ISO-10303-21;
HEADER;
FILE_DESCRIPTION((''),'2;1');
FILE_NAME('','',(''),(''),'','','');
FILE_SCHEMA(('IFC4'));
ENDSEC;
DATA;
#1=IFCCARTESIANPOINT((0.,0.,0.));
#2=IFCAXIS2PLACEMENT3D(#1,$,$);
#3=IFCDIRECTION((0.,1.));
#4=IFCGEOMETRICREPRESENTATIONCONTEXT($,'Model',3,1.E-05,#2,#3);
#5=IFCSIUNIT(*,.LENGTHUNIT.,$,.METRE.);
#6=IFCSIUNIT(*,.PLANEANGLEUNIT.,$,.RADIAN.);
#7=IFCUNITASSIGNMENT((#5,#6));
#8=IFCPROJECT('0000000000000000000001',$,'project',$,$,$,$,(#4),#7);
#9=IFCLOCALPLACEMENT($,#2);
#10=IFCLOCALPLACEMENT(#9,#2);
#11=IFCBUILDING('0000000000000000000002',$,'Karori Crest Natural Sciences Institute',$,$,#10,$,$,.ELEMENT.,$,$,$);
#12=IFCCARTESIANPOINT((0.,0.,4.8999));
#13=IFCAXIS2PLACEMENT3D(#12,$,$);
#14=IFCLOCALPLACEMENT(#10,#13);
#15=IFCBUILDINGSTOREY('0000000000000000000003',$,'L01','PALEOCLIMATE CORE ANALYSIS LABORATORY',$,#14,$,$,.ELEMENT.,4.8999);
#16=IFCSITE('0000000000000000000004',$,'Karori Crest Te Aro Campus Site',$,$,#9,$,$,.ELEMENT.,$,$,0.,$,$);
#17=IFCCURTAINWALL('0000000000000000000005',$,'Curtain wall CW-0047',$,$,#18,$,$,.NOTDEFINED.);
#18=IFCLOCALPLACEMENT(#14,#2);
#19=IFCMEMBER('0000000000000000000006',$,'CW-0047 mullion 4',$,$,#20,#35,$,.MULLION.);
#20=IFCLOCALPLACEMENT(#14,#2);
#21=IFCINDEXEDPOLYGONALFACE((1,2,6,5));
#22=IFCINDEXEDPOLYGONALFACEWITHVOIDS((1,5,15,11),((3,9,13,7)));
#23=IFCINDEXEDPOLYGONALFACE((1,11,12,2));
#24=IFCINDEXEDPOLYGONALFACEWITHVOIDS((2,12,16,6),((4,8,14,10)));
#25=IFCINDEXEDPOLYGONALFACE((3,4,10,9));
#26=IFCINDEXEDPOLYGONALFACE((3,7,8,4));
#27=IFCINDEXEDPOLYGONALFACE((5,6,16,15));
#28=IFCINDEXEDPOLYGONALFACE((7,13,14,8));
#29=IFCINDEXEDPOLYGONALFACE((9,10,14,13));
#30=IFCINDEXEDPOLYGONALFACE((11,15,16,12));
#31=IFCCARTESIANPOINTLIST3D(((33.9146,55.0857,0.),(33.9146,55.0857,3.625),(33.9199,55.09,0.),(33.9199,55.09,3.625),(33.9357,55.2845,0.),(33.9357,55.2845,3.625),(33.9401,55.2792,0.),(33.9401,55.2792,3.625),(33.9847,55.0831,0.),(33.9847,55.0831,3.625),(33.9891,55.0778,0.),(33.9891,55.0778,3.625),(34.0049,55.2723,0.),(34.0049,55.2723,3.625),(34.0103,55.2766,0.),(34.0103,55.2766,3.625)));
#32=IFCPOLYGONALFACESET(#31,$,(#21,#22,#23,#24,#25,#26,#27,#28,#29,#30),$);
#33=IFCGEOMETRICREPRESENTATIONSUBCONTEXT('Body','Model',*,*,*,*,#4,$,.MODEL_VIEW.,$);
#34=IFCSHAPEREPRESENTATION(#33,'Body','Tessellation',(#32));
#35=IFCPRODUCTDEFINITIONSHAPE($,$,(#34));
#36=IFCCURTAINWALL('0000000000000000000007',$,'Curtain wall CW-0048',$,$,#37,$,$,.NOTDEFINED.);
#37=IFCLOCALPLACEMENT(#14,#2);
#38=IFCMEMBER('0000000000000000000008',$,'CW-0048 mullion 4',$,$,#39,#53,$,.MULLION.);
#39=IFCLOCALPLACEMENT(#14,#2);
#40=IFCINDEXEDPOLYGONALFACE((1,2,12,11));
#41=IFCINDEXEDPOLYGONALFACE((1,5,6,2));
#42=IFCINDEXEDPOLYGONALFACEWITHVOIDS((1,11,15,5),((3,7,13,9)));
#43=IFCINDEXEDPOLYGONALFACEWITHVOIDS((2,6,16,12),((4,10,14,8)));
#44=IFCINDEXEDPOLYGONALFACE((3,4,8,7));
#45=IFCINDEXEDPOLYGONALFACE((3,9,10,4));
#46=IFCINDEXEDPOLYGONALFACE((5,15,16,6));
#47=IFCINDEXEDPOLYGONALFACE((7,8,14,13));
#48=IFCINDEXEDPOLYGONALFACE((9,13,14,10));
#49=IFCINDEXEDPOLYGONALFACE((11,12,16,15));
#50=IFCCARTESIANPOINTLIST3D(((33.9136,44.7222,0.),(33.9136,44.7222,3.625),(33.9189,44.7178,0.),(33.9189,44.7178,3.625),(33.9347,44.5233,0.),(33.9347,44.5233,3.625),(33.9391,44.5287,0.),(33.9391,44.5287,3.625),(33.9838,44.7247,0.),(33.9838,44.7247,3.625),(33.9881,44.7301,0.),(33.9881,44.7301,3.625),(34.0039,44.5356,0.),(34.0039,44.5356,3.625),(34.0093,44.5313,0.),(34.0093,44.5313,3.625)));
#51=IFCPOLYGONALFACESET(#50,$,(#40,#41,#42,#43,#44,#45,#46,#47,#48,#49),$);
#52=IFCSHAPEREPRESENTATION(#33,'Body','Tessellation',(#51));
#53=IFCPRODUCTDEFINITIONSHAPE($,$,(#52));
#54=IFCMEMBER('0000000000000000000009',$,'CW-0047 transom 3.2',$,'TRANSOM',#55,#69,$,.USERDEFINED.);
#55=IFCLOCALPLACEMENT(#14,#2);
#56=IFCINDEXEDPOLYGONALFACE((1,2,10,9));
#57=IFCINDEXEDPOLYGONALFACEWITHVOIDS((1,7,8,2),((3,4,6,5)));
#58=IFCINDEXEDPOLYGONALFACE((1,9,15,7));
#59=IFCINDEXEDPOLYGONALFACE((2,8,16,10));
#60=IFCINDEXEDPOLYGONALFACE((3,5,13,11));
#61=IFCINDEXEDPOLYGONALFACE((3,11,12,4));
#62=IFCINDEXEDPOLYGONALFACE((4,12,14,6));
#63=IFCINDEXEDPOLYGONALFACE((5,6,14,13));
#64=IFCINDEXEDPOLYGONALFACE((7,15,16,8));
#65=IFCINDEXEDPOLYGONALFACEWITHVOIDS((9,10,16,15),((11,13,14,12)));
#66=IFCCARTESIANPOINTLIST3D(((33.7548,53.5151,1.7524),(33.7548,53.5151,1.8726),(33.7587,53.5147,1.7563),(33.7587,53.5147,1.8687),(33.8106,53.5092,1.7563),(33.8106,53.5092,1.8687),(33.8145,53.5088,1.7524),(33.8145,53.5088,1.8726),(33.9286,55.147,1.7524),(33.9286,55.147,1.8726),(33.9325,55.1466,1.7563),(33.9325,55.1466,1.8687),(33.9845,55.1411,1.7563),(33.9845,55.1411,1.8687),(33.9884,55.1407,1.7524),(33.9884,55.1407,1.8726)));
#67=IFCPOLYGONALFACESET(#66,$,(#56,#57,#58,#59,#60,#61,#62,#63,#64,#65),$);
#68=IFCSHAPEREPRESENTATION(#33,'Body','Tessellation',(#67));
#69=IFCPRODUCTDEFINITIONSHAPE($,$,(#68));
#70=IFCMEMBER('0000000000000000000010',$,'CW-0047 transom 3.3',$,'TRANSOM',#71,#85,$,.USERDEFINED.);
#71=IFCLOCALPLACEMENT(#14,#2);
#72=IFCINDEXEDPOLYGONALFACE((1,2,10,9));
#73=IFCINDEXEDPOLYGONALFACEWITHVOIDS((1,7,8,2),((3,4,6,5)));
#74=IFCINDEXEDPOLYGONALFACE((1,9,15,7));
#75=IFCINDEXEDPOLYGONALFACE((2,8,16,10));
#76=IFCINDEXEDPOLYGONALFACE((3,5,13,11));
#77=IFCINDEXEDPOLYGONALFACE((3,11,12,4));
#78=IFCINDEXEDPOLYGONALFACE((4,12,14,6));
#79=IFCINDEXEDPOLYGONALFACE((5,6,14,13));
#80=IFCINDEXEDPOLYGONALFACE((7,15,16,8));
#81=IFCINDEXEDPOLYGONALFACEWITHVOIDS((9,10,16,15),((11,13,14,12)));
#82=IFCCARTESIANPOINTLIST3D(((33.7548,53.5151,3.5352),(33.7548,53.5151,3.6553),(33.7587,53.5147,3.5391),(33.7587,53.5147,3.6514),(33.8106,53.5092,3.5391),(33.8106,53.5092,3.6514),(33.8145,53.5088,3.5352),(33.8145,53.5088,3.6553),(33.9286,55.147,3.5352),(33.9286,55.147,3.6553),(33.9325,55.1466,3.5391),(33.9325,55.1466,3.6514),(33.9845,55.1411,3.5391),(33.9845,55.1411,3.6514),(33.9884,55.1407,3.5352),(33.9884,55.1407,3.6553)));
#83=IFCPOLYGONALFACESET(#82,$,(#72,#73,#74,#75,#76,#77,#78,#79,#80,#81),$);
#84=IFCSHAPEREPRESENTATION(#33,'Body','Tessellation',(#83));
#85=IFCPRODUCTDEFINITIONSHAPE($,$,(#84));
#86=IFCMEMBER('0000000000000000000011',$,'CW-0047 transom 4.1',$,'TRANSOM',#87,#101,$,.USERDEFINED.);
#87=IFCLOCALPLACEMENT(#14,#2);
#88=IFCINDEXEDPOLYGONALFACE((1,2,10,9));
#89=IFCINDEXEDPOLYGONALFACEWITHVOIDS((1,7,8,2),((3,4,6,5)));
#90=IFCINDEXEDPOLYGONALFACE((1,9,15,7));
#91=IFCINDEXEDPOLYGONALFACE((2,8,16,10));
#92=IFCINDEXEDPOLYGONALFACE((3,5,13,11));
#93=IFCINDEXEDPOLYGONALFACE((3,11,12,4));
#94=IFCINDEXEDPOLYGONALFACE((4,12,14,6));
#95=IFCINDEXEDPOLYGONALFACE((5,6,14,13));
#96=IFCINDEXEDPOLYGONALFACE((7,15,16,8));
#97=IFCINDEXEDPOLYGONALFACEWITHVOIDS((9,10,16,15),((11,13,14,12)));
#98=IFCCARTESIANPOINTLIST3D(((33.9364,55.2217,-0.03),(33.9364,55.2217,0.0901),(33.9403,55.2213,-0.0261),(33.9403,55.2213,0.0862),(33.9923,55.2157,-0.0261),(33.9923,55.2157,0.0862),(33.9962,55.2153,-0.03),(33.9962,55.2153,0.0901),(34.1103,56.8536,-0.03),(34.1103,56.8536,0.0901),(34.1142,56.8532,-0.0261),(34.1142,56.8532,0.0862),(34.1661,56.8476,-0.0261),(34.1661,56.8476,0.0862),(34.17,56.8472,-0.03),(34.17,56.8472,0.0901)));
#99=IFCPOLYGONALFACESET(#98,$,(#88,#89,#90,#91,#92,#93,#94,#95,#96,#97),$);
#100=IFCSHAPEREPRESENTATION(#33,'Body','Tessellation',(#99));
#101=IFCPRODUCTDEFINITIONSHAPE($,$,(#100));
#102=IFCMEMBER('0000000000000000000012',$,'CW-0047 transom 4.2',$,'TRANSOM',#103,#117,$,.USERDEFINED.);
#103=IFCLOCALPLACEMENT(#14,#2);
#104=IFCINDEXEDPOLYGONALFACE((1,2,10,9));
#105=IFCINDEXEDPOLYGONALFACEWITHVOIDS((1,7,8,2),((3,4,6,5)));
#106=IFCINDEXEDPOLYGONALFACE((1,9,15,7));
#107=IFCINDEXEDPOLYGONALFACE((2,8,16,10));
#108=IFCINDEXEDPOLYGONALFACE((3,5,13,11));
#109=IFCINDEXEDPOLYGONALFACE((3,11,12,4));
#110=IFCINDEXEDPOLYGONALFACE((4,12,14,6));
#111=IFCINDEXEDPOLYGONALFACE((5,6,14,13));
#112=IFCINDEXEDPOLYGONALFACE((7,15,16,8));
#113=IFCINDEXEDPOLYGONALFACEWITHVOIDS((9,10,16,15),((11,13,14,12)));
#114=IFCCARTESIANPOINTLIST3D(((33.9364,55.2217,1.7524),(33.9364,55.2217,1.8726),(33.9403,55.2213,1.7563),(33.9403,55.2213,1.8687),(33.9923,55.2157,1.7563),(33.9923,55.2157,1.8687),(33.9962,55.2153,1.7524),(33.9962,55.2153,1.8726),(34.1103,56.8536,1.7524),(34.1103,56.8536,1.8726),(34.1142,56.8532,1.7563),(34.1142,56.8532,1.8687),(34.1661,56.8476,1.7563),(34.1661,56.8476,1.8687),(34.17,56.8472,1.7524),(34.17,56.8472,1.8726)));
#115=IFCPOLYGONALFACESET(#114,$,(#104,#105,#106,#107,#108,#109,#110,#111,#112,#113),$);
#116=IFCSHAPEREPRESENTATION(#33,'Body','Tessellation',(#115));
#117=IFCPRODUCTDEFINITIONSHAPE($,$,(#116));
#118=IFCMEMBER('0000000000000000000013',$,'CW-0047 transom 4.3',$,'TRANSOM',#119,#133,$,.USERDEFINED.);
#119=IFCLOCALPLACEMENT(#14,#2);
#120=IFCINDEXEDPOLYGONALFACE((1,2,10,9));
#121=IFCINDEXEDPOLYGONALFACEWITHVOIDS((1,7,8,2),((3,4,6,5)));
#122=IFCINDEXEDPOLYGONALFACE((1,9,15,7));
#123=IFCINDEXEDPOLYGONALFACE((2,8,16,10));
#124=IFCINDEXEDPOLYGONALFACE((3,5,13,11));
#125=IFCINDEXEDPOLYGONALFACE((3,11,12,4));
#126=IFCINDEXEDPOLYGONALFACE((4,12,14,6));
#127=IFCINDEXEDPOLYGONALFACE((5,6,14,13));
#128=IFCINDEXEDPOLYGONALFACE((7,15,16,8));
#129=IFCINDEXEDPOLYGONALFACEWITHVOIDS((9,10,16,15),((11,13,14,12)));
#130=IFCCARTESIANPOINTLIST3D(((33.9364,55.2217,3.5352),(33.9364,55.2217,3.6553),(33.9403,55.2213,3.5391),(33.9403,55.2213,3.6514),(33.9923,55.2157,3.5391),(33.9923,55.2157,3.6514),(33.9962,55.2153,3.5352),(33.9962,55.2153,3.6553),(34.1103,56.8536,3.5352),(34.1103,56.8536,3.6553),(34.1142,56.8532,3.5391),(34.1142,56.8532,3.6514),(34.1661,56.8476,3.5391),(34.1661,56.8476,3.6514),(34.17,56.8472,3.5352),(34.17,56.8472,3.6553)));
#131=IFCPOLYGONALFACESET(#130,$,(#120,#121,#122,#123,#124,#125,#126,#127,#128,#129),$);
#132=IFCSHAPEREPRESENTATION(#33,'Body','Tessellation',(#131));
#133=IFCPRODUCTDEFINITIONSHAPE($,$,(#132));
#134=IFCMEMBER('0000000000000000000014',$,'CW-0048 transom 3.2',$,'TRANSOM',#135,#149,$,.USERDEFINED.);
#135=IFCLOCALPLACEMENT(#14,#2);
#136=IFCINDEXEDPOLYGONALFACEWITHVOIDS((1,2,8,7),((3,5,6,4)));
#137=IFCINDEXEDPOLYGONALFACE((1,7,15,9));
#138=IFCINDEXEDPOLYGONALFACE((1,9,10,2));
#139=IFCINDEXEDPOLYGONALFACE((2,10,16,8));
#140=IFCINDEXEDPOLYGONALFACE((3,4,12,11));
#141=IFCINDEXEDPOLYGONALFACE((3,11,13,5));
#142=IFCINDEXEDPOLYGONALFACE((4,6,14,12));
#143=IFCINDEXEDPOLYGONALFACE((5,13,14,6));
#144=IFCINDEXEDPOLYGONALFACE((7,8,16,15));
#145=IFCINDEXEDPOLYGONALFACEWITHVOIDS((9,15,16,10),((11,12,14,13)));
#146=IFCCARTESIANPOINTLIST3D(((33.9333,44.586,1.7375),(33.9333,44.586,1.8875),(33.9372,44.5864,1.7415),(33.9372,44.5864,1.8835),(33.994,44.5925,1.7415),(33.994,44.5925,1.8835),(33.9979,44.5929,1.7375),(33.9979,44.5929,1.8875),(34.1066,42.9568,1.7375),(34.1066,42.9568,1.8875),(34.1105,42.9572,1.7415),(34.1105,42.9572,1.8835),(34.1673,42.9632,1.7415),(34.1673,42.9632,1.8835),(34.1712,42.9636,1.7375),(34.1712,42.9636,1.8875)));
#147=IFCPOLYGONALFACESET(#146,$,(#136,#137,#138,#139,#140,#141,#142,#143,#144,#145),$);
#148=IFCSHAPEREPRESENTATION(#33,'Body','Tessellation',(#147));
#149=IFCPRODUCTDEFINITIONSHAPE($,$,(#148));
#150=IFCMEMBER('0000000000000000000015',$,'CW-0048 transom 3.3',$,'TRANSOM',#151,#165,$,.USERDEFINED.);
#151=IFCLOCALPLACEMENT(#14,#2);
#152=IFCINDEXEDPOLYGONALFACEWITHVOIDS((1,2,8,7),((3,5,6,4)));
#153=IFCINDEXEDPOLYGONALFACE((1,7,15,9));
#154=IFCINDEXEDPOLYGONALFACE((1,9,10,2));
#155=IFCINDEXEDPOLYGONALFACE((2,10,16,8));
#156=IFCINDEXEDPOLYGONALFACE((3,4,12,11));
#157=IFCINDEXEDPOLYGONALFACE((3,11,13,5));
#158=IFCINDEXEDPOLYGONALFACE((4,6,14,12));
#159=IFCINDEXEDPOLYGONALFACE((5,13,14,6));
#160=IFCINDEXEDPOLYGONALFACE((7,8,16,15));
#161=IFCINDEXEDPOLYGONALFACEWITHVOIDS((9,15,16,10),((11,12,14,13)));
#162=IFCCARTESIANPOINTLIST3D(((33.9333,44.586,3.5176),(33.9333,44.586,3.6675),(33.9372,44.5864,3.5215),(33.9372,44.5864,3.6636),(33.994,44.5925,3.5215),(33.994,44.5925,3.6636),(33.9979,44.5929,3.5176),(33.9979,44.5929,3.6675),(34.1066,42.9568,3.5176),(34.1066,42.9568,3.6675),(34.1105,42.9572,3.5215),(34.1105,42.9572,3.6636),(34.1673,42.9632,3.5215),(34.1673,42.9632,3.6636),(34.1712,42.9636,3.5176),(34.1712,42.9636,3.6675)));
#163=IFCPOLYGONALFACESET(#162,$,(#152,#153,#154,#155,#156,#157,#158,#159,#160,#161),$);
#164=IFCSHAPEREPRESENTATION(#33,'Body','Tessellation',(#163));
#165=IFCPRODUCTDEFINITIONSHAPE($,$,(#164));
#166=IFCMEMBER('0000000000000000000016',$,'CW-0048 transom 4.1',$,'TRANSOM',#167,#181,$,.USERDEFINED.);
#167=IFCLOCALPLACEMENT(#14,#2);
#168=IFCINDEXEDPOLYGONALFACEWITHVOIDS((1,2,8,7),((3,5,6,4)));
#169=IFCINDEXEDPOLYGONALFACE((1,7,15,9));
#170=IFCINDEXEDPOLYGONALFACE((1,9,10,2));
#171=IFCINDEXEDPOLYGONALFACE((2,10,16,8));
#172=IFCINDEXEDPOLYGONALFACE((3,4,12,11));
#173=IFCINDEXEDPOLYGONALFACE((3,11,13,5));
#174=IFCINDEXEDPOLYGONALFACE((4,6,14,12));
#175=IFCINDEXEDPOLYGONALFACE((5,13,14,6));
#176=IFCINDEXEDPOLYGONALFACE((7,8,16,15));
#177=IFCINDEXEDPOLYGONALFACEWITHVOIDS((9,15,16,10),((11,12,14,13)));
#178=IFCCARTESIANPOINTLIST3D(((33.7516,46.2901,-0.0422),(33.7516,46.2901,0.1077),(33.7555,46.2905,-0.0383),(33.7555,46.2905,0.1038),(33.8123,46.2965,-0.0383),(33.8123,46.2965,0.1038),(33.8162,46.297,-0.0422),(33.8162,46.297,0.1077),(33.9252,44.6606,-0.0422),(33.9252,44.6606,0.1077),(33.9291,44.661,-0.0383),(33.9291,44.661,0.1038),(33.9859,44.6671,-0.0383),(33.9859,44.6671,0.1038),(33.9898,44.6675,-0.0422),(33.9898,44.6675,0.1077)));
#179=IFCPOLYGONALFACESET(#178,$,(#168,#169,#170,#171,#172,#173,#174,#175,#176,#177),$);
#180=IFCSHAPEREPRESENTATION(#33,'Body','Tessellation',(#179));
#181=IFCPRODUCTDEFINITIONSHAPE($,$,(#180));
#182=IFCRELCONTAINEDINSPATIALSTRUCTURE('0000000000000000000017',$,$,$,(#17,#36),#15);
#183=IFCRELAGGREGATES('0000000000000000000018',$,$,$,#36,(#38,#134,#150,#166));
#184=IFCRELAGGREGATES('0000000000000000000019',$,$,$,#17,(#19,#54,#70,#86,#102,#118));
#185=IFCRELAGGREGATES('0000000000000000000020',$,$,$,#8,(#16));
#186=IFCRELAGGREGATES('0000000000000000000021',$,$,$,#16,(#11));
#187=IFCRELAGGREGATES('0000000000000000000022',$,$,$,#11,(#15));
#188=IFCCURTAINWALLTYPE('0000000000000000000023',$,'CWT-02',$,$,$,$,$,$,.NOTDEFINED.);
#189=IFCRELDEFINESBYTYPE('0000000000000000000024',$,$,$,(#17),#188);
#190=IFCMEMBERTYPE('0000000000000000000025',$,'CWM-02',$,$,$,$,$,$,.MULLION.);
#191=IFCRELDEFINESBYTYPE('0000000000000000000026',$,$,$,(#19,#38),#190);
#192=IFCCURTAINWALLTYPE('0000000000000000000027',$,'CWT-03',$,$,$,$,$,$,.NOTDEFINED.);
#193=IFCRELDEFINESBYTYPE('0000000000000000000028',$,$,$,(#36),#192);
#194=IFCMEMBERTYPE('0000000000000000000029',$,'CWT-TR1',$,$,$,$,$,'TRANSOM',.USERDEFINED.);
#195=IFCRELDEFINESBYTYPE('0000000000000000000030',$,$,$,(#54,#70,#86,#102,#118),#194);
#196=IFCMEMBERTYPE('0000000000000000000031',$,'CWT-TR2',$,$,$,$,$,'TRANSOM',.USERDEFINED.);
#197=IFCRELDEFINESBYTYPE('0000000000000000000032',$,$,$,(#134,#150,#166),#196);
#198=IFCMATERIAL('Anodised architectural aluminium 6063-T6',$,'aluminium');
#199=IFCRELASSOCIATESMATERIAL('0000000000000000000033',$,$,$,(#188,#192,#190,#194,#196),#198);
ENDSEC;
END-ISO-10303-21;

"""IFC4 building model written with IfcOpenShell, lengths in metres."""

from ifc_helpers import new_model, si_unit, direction, frame, origin, origin_2d, place, context, subcontext, project, spatial, hollow_rectangle, extrude, material, material_profile, profile_set, type_object, element, aggregate, save


model = new_model("IFC4")

# Units and contexts
model_context = context("Model", 3, precision=1e-05, world=origin(), true_north=direction((0.0, 1.0)))
body_context = subcontext(model_context, "Body", "Model", "MODEL_VIEW")
ifc_project = project(units=[si_unit("LENGTHUNIT", "METRE"), si_unit("PLANEANGLEUNIT", "RADIAN")], contexts=[model_context])

# Site, building, storey
site_placement = place(None, origin())
site = spatial("IfcSite", under=ifc_project, at=site_placement, Name="Karori Crest Te Aro Campus Site", CompositionType="ELEMENT", RefElevation=0.0)
building_placement = place(site_placement, origin())
building = spatial("IfcBuilding", under=site, at=building_placement, Name="Karori Crest Natural Sciences Institute", CompositionType="ELEMENT")
storey_placement = place(building_placement, frame((0.0, 0.0, 4.8999)))
storey = spatial("IfcBuildingStorey", under=building, at=storey_placement, Name="L01", Description="PALEOCLIMATE CORE ANALYSIS LABORATORY", CompositionType="ELEMENT", Elevation=4.8999)

# Curtain walls, members
ifc_material_1 = material(Name="Anodised architectural aluminium 6063-T6", Category="aluminium")
curtain_wall_type_1 = type_object("IfcCurtainWallType", Name="CWT-02", PredefinedType="NOTDEFINED", material=ifc_material_1)
curtain_wall_1_placement = place(storey_placement, origin())
curtain_wall_1 = element("IfcCurtainWall", 1, at=curtain_wall_1_placement, inside=storey, type_object=curtain_wall_type_1, Name="Curtain wall CW-0047", PredefinedType="NOTDEFINED")
ifc_material_profile_1 = material_profile(ifc_material_1, hollow_rectangle(XDim=0.075, YDim=0.2, WallThickness=0.0049, at=origin_2d()), Name="CWM200x75x5")
ifc_profile_set_1 = profile_set([ifc_material_profile_1], Name="Anodised architectural aluminium 6063-T6")
member_type_1 = type_object("IfcMemberType", Name="CWM-02", PredefinedType="MULLION", material=ifc_profile_set_1)
member_1_placement = place(storey_placement, frame((33.9624, 55.1812, 0.0), z_axis=(0.0, 0.0, 1.0), x_axis=(-0.994378, 0.105884, 0.0)))
member_1 = element("IfcMember", 2, at=member_1_placement, type_object=member_type_1, Name="CW-0047 mullion 4", PredefinedType="MULLION", context=body_context, shape_type="SweptSolid", body=[
    extrude(hollow_rectangle(XDim=0.075, YDim=0.2, WallThickness=0.0049, at=origin_2d()), origin(), (0.0, 0.0, 1.0), 3.625),
])
curtain_wall_type_2 = type_object("IfcCurtainWallType", Name="CWT-03", PredefinedType="NOTDEFINED", material=ifc_material_1)
curtain_wall_2_placement = place(storey_placement, origin())
curtain_wall_2 = element("IfcCurtainWall", 3, at=curtain_wall_2_placement, inside=storey, type_object=curtain_wall_type_2, Name="Curtain wall CW-0048", PredefinedType="NOTDEFINED")
member_2_placement = place(storey_placement, frame((33.9614, 44.6267, 0.0), z_axis=(0.0, 0.0, 1.0), x_axis=(-0.994379, -0.105882, 0.0)))
member_2 = element("IfcMember", 4, at=member_2_placement, type_object=member_type_1, Name="CW-0048 mullion 4", PredefinedType="MULLION", context=body_context, shape_type="SweptSolid", body=[
    extrude(hollow_rectangle(XDim=0.075, YDim=0.2, WallThickness=0.0049, at=origin_2d()), origin(), (0.0, 0.0, 1.0), 3.625),
])

# Members
ifc_material_profile_2 = material_profile(ifc_material_1, hollow_rectangle(XDim=0.0601, YDim=0.1201, WallThickness=0.0039, at=origin_2d()), Name="CWT120x60x4")
ifc_profile_set_2 = profile_set([ifc_material_profile_2], Name="Anodised architectural aluminium 6063-T6")
member_type_2 = type_object("IfcMemberType", Name="CWT-TR1", ElementType="TRANSOM", PredefinedType="USERDEFINED", material=ifc_profile_set_2)
member_3_placement = place(storey_placement, frame((33.7847, 53.512, 1.8125), z_axis=(0.105924, 0.994374, 0.0), x_axis=(-0.994374, 0.105924, 0.0)))
member_3 = element("IfcMember", 5, at=member_3_placement, type_object=member_type_2, Name="CW-0047 transom 3.2", ObjectType="TRANSOM", PredefinedType="USERDEFINED", context=body_context, shape_type="SweptSolid", body=[
    extrude(hollow_rectangle(XDim=0.0601, YDim=0.1201, WallThickness=0.0039, at=origin_2d()), origin(), (0.0, 0.0, 1.0), 1.6411),
])
member_4_placement = place(storey_placement, frame((33.7847, 53.512, 3.5952), z_axis=(0.105924, 0.994374, 0.0), x_axis=(-0.994374, 0.105924, 0.0)))
member_4 = element("IfcMember", 6, at=member_4_placement, type_object=member_type_2, Name="CW-0047 transom 3.3", ObjectType="TRANSOM", PredefinedType="USERDEFINED", context=body_context, shape_type="SweptSolid", body=[
    extrude(hollow_rectangle(XDim=0.0601, YDim=0.1201, WallThickness=0.0039, at=origin_2d()), origin(), (0.0, 0.0, 1.0), 1.6411),
])
member_5_placement = place(storey_placement, frame((33.9663, 55.2185, 0.03), z_axis=(0.105924, 0.994374, 0.0), x_axis=(-0.994374, 0.105924, 0.0)))
member_5 = element("IfcMember", 7, at=member_5_placement, type_object=member_type_2, Name="CW-0047 transom 4.1", ObjectType="TRANSOM", PredefinedType="USERDEFINED", context=body_context, shape_type="SweptSolid", body=[
    extrude(hollow_rectangle(XDim=0.0601, YDim=0.1201, WallThickness=0.0039, at=origin_2d()), origin(), (0.0, 0.0, 1.0), 1.6411),
])
member_6_placement = place(storey_placement, frame((33.9663, 55.2185, 1.8125), z_axis=(0.105924, 0.994374, 0.0), x_axis=(-0.994374, 0.105924, 0.0)))
member_6 = element("IfcMember", 8, at=member_6_placement, type_object=member_type_2, Name="CW-0047 transom 4.2", ObjectType="TRANSOM", PredefinedType="USERDEFINED", context=body_context, shape_type="SweptSolid", body=[
    extrude(hollow_rectangle(XDim=0.0601, YDim=0.1201, WallThickness=0.0039, at=origin_2d()), origin(), (0.0, 0.0, 1.0), 1.6411),
])
member_7_placement = place(storey_placement, frame((33.9663, 55.2185, 3.5952), z_axis=(0.105924, 0.994374, 0.0), x_axis=(-0.994374, 0.105924, 0.0)))
member_7 = element("IfcMember", 9, at=member_7_placement, type_object=member_type_2, Name="CW-0047 transom 4.3", ObjectType="TRANSOM", PredefinedType="USERDEFINED", context=body_context, shape_type="SweptSolid", body=[
    extrude(hollow_rectangle(XDim=0.0601, YDim=0.1201, WallThickness=0.0039, at=origin_2d()), origin(), (0.0, 0.0, 1.0), 1.6411),
])
ifc_material_profile_3 = material_profile(ifc_material_1, hollow_rectangle(XDim=0.0649, YDim=0.1499, WallThickness=0.0039, at=origin_2d()), Name="CWT150x65x4")
ifc_profile_set_3 = profile_set([ifc_material_profile_3], Name="Anodised architectural aluminium 6063-T6")
member_type_3 = type_object("IfcMemberType", Name="CWT-TR2", ElementType="TRANSOM", PredefinedType="USERDEFINED", material=ifc_profile_set_3)
member_8_placement = place(storey_placement, frame((34.1389, 42.9602, 1.8125), z_axis=(-0.105802, 0.994387, 0.0), x_axis=(-0.994387, -0.105802, 0.0)))
member_8 = element("IfcMember", 10, at=member_8_placement, type_object=member_type_3, Name="CW-0048 transom 3.2", ObjectType="TRANSOM", PredefinedType="USERDEFINED", context=body_context, shape_type="SweptSolid", body=[
    extrude(hollow_rectangle(XDim=0.0649, YDim=0.1499, WallThickness=0.0039, at=origin_2d()), origin(), (0.0, 0.0, 1.0), 1.6384),
])
member_9_placement = place(storey_placement, frame((34.1389, 42.9602, 3.5925), z_axis=(-0.105802, 0.994387, 0.0), x_axis=(-0.994387, -0.105802, 0.0)))
member_9 = element("IfcMember", 11, at=member_9_placement, type_object=member_type_3, Name="CW-0048 transom 3.3", ObjectType="TRANSOM", PredefinedType="USERDEFINED", context=body_context, shape_type="SweptSolid", body=[
    extrude(hollow_rectangle(XDim=0.0649, YDim=0.1499, WallThickness=0.0039, at=origin_2d()), origin(), (0.0, 0.0, 1.0), 1.6384),
])
member_10_placement = place(storey_placement, frame((33.9575, 44.6641, 0.0327), z_axis=(-0.105933, 0.994373, 0.0), x_axis=(-0.994373, -0.105933, 0.0)))
member_10 = element("IfcMember", 12, at=member_10_placement, type_object=member_type_3, Name="CW-0048 transom 4.1", ObjectType="TRANSOM", PredefinedType="USERDEFINED", context=body_context, shape_type="SweptSolid", body=[
    extrude(hollow_rectangle(XDim=0.0649, YDim=0.1499, WallThickness=0.0039, at=origin_2d()), origin(), (0.0, 0.0, 1.0), 1.6387),
])

aggregate(curtain_wall_2, [member_2, member_8, member_9, member_10])
aggregate(curtain_wall_1, [member_1, member_3, member_4, member_5, member_6, member_7])

save(model, "model.ifc")
